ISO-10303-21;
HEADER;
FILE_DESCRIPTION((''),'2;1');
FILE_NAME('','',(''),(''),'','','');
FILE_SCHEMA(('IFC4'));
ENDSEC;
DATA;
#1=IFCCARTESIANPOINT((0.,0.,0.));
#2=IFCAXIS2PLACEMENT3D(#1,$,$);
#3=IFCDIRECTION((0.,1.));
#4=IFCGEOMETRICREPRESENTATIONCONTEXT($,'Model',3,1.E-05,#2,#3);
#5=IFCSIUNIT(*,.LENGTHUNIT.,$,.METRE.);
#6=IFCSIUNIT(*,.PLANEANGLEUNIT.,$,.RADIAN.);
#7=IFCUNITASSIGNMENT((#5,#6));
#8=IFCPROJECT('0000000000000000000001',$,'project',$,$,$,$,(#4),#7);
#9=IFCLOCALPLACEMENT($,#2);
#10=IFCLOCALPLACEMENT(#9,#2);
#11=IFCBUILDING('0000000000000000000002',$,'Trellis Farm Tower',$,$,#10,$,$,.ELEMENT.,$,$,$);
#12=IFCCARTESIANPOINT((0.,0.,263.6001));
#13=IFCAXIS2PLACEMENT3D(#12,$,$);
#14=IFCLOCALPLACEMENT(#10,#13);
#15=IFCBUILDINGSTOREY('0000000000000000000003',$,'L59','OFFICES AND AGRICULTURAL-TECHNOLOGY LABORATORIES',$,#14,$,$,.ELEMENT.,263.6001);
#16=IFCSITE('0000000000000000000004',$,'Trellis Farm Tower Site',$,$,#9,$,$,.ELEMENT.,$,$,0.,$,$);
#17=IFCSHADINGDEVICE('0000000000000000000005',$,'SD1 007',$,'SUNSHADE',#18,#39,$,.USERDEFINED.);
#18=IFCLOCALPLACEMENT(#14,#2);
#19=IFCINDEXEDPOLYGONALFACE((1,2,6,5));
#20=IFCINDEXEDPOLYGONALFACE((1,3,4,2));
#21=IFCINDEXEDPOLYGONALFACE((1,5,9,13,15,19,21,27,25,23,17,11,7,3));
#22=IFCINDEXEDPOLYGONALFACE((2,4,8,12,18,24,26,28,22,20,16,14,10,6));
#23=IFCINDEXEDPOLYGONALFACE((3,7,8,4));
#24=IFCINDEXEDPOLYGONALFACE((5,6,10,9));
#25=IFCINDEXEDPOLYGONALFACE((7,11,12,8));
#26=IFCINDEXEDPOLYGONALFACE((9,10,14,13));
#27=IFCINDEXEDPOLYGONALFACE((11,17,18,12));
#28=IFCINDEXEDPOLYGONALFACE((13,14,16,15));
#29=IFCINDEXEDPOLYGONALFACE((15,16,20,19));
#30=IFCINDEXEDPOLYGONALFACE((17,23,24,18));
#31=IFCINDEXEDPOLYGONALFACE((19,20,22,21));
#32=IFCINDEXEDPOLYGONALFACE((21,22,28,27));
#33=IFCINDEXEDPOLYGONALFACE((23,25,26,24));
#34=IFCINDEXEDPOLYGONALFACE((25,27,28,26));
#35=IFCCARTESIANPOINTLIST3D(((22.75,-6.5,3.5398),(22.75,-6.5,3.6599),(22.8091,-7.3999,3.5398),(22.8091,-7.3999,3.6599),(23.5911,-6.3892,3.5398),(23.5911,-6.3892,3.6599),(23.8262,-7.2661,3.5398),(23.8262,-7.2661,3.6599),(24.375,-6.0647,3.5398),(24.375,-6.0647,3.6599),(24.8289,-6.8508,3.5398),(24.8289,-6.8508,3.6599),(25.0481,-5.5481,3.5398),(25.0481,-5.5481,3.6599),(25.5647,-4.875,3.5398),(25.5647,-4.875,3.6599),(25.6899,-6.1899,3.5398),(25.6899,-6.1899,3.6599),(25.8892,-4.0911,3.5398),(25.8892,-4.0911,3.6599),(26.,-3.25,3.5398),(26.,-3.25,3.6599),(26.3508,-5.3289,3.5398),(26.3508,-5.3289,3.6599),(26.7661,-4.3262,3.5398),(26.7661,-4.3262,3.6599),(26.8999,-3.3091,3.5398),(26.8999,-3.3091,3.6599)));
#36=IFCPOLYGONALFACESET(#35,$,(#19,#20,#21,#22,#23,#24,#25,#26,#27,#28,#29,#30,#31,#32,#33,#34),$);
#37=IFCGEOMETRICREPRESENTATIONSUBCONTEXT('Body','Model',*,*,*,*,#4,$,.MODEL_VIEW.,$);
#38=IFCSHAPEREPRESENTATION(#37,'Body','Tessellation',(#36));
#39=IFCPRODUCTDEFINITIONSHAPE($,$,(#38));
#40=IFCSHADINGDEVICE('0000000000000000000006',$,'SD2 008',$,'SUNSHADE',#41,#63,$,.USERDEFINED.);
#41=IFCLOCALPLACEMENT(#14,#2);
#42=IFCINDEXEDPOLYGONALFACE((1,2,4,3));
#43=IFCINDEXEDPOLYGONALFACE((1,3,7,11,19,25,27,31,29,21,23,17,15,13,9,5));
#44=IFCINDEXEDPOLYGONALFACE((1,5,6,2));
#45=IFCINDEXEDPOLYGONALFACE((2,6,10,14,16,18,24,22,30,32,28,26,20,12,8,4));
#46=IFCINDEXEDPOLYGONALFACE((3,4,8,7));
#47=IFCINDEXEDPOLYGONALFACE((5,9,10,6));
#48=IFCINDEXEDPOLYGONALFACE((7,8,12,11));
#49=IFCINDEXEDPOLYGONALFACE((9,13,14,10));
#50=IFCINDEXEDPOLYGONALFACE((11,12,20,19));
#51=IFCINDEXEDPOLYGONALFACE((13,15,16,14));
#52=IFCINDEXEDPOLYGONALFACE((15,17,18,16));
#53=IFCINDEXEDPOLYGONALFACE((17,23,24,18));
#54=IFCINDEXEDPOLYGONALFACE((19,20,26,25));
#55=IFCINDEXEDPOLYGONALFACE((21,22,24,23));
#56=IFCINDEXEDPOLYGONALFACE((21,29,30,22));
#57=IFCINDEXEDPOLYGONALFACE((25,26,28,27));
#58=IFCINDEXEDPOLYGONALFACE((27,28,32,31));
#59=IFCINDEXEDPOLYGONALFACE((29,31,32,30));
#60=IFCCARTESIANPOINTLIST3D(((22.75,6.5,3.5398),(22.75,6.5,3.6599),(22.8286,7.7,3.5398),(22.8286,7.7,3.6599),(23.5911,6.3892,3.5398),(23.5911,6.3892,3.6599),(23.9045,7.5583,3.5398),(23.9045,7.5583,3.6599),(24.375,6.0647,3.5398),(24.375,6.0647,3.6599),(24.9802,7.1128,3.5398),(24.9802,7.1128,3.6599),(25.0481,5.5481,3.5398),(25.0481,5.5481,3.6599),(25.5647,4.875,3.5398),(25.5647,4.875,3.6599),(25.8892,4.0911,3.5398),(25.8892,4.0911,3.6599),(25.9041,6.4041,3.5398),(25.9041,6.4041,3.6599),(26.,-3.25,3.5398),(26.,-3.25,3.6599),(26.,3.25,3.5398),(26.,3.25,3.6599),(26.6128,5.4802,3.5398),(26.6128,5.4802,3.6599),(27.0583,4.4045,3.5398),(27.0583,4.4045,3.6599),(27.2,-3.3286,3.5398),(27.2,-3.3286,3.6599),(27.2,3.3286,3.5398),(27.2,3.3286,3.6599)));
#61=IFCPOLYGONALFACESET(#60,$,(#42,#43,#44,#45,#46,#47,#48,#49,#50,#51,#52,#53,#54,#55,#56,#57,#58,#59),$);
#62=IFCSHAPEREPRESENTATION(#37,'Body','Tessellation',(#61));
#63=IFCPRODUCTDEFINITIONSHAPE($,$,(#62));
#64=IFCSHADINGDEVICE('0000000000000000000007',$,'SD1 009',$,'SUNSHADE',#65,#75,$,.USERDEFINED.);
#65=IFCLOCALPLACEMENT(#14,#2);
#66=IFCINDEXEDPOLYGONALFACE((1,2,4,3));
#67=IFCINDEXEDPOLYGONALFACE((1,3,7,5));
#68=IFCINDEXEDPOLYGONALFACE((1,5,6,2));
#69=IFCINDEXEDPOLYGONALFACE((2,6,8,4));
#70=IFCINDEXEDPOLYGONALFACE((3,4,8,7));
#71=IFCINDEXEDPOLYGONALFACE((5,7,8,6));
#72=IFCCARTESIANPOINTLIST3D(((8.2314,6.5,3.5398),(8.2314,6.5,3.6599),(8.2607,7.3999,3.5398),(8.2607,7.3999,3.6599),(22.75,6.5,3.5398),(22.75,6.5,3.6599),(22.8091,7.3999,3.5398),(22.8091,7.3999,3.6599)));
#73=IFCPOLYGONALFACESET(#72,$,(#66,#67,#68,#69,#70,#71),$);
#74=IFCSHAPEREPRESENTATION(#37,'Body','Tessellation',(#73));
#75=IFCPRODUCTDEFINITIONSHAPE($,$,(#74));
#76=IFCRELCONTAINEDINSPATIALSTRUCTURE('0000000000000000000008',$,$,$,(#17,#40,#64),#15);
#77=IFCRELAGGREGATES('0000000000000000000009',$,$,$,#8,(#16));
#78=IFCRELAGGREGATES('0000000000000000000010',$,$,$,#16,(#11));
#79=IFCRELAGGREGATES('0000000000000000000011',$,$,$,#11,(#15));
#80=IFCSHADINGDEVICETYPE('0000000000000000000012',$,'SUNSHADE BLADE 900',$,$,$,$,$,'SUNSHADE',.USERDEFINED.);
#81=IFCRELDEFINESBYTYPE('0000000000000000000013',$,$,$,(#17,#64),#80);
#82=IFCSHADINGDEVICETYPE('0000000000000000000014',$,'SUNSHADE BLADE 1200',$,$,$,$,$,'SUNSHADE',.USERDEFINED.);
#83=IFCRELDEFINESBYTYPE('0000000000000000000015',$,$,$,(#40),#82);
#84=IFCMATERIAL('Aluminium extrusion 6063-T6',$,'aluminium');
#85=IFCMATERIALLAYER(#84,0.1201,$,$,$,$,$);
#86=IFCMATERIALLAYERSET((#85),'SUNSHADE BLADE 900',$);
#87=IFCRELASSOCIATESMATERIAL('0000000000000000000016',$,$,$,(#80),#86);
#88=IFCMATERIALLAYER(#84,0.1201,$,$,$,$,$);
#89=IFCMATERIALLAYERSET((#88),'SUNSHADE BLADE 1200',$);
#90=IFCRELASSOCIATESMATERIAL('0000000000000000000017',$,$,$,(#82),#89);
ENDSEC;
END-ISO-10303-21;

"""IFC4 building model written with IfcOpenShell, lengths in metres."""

from ifc_helpers import new_model, si_unit, direction, frame, origin, place, context, subcontext, project, spatial, polyline, outline, extrude, source, transform, mapped, material, layer, layer_set, type_object, element, save


model = new_model("IFC4")

# Units and contexts
model_context = context("Model", 3, precision=1e-05, world=origin(), true_north=direction((0.0, 1.0)))
body_context = subcontext(model_context, "Body", "Model", "MODEL_VIEW")
ifc_project = project(units=[si_unit("LENGTHUNIT", "METRE"), si_unit("PLANEANGLEUNIT", "RADIAN")], contexts=[model_context])

# Site, building, storey
site_placement = place(None, origin())
site = spatial("IfcSite", under=ifc_project, at=site_placement, Name="Trellis Farm Tower Site", CompositionType="ELEMENT", RefElevation=0.0)
building_placement = place(site_placement, origin())
building = spatial("IfcBuilding", under=site, at=building_placement, Name="Trellis Farm Tower", CompositionType="ELEMENT")
storey_placement = place(building_placement, frame((0.0, 0.0, 263.6001)))
storey = spatial("IfcBuildingStorey", under=building, at=storey_placement, Name="L59", Description="OFFICES AND AGRICULTURAL-TECHNOLOGY LABORATORIES", CompositionType="ELEMENT", Elevation=263.6001)

# Shared definitions
ifc_material_1 = material(Name="Aluminium extrusion 6063-T6", Category="aluminium")

# Shading devices
ifc_layer_1 = layer(ifc_material_1, 0.1201)
ifc_layer_set_1 = layer_set([ifc_layer_1], Name="SUNSHADE BLADE 900")
shading_device_type_1 = type_object("IfcShadingDeviceType", Name="SUNSHADE BLADE 900", ElementType="SUNSHADE", PredefinedType="USERDEFINED", material=ifc_layer_set_1)
placement_1 = place(storey_placement, frame((0.0, 0.0, 3.5398)))
ifc_layer_2 = layer(ifc_material_1, 0.1201)
ifc_layer_set_2 = layer_set([ifc_layer_2], Name="SUNSHADE BLADE 1200")
shading_device_type_2 = type_object("IfcShadingDeviceType", Name="SUNSHADE BLADE 1200", ElementType="SUNSHADE", PredefinedType="USERDEFINED", material=ifc_layer_set_2)
shared_shape_1 = source(origin(), body_context, "Body", "SweptSolid", [
    extrude(outline(polyline([(22.8091, -7.3999), (23.8262, -7.2661), (24.8289, -6.8508), (25.6899, -6.1899), (26.3508, -5.3289), (26.7661, -4.3262), (26.8999, -3.3091), (26.0, -3.25), (25.8892, -4.0911), (25.5647, -4.875), (25.0481, -5.5481), (24.375, -6.0647), (23.5911, -6.3892), (22.75, -6.5), (22.8091, -7.3999)])), origin(), (0.0, 0.0, 1.0), 0.1201),
])
element("IfcShadingDevice", 1, at=placement_1, inside=storey, type_object=shading_device_type_1, Name="SD1 007", ObjectType="SUNSHADE", PredefinedType="USERDEFINED", context=body_context, shape_type="MappedRepresentation", body=[
    mapped(shared_shape_1, transform((0.0, 0.0, 0.0))),
])
shared_shape_2 = source(origin(), body_context, "Body", "SweptSolid", [
    extrude(outline(polyline([(27.2, -3.3286), (27.2, 3.3286), (27.0583, 4.4045), (26.6128, 5.4802), (25.9041, 6.4041), (24.9802, 7.1128), (23.9045, 7.5583), (22.8286, 7.7), (22.75, 6.5), (23.5911, 6.3892), (24.375, 6.0647), (25.0481, 5.5481), (25.5647, 4.875), (25.8892, 4.0911), (26.0, 3.25), (26.0, -3.25), (27.2, -3.3286)])), origin(), (0.0, 0.0, 1.0), 0.1201),
])
element("IfcShadingDevice", 2, at=placement_1, inside=storey, type_object=shading_device_type_2, Name="SD2 008", ObjectType="SUNSHADE", PredefinedType="USERDEFINED", context=body_context, shape_type="MappedRepresentation", body=[
    mapped(shared_shape_2, transform((0.0, 0.0, 0.0))),
])
shared_shape_3 = source(origin(), body_context, "Body", "SweptSolid", [
    extrude(outline(polyline([(22.8091, 7.3999), (8.2607, 7.3999), (8.2314, 6.5), (22.75, 6.5), (22.8091, 7.3999)])), origin(), (0.0, 0.0, 1.0), 0.1201),
])
element("IfcShadingDevice", 3, at=placement_1, inside=storey, type_object=shading_device_type_1, Name="SD1 009", ObjectType="SUNSHADE", PredefinedType="USERDEFINED", context=body_context, shape_type="MappedRepresentation", body=[
    mapped(shared_shape_3, transform((0.0, 0.0, 0.0))),
])

save(model, "model.ifc")
